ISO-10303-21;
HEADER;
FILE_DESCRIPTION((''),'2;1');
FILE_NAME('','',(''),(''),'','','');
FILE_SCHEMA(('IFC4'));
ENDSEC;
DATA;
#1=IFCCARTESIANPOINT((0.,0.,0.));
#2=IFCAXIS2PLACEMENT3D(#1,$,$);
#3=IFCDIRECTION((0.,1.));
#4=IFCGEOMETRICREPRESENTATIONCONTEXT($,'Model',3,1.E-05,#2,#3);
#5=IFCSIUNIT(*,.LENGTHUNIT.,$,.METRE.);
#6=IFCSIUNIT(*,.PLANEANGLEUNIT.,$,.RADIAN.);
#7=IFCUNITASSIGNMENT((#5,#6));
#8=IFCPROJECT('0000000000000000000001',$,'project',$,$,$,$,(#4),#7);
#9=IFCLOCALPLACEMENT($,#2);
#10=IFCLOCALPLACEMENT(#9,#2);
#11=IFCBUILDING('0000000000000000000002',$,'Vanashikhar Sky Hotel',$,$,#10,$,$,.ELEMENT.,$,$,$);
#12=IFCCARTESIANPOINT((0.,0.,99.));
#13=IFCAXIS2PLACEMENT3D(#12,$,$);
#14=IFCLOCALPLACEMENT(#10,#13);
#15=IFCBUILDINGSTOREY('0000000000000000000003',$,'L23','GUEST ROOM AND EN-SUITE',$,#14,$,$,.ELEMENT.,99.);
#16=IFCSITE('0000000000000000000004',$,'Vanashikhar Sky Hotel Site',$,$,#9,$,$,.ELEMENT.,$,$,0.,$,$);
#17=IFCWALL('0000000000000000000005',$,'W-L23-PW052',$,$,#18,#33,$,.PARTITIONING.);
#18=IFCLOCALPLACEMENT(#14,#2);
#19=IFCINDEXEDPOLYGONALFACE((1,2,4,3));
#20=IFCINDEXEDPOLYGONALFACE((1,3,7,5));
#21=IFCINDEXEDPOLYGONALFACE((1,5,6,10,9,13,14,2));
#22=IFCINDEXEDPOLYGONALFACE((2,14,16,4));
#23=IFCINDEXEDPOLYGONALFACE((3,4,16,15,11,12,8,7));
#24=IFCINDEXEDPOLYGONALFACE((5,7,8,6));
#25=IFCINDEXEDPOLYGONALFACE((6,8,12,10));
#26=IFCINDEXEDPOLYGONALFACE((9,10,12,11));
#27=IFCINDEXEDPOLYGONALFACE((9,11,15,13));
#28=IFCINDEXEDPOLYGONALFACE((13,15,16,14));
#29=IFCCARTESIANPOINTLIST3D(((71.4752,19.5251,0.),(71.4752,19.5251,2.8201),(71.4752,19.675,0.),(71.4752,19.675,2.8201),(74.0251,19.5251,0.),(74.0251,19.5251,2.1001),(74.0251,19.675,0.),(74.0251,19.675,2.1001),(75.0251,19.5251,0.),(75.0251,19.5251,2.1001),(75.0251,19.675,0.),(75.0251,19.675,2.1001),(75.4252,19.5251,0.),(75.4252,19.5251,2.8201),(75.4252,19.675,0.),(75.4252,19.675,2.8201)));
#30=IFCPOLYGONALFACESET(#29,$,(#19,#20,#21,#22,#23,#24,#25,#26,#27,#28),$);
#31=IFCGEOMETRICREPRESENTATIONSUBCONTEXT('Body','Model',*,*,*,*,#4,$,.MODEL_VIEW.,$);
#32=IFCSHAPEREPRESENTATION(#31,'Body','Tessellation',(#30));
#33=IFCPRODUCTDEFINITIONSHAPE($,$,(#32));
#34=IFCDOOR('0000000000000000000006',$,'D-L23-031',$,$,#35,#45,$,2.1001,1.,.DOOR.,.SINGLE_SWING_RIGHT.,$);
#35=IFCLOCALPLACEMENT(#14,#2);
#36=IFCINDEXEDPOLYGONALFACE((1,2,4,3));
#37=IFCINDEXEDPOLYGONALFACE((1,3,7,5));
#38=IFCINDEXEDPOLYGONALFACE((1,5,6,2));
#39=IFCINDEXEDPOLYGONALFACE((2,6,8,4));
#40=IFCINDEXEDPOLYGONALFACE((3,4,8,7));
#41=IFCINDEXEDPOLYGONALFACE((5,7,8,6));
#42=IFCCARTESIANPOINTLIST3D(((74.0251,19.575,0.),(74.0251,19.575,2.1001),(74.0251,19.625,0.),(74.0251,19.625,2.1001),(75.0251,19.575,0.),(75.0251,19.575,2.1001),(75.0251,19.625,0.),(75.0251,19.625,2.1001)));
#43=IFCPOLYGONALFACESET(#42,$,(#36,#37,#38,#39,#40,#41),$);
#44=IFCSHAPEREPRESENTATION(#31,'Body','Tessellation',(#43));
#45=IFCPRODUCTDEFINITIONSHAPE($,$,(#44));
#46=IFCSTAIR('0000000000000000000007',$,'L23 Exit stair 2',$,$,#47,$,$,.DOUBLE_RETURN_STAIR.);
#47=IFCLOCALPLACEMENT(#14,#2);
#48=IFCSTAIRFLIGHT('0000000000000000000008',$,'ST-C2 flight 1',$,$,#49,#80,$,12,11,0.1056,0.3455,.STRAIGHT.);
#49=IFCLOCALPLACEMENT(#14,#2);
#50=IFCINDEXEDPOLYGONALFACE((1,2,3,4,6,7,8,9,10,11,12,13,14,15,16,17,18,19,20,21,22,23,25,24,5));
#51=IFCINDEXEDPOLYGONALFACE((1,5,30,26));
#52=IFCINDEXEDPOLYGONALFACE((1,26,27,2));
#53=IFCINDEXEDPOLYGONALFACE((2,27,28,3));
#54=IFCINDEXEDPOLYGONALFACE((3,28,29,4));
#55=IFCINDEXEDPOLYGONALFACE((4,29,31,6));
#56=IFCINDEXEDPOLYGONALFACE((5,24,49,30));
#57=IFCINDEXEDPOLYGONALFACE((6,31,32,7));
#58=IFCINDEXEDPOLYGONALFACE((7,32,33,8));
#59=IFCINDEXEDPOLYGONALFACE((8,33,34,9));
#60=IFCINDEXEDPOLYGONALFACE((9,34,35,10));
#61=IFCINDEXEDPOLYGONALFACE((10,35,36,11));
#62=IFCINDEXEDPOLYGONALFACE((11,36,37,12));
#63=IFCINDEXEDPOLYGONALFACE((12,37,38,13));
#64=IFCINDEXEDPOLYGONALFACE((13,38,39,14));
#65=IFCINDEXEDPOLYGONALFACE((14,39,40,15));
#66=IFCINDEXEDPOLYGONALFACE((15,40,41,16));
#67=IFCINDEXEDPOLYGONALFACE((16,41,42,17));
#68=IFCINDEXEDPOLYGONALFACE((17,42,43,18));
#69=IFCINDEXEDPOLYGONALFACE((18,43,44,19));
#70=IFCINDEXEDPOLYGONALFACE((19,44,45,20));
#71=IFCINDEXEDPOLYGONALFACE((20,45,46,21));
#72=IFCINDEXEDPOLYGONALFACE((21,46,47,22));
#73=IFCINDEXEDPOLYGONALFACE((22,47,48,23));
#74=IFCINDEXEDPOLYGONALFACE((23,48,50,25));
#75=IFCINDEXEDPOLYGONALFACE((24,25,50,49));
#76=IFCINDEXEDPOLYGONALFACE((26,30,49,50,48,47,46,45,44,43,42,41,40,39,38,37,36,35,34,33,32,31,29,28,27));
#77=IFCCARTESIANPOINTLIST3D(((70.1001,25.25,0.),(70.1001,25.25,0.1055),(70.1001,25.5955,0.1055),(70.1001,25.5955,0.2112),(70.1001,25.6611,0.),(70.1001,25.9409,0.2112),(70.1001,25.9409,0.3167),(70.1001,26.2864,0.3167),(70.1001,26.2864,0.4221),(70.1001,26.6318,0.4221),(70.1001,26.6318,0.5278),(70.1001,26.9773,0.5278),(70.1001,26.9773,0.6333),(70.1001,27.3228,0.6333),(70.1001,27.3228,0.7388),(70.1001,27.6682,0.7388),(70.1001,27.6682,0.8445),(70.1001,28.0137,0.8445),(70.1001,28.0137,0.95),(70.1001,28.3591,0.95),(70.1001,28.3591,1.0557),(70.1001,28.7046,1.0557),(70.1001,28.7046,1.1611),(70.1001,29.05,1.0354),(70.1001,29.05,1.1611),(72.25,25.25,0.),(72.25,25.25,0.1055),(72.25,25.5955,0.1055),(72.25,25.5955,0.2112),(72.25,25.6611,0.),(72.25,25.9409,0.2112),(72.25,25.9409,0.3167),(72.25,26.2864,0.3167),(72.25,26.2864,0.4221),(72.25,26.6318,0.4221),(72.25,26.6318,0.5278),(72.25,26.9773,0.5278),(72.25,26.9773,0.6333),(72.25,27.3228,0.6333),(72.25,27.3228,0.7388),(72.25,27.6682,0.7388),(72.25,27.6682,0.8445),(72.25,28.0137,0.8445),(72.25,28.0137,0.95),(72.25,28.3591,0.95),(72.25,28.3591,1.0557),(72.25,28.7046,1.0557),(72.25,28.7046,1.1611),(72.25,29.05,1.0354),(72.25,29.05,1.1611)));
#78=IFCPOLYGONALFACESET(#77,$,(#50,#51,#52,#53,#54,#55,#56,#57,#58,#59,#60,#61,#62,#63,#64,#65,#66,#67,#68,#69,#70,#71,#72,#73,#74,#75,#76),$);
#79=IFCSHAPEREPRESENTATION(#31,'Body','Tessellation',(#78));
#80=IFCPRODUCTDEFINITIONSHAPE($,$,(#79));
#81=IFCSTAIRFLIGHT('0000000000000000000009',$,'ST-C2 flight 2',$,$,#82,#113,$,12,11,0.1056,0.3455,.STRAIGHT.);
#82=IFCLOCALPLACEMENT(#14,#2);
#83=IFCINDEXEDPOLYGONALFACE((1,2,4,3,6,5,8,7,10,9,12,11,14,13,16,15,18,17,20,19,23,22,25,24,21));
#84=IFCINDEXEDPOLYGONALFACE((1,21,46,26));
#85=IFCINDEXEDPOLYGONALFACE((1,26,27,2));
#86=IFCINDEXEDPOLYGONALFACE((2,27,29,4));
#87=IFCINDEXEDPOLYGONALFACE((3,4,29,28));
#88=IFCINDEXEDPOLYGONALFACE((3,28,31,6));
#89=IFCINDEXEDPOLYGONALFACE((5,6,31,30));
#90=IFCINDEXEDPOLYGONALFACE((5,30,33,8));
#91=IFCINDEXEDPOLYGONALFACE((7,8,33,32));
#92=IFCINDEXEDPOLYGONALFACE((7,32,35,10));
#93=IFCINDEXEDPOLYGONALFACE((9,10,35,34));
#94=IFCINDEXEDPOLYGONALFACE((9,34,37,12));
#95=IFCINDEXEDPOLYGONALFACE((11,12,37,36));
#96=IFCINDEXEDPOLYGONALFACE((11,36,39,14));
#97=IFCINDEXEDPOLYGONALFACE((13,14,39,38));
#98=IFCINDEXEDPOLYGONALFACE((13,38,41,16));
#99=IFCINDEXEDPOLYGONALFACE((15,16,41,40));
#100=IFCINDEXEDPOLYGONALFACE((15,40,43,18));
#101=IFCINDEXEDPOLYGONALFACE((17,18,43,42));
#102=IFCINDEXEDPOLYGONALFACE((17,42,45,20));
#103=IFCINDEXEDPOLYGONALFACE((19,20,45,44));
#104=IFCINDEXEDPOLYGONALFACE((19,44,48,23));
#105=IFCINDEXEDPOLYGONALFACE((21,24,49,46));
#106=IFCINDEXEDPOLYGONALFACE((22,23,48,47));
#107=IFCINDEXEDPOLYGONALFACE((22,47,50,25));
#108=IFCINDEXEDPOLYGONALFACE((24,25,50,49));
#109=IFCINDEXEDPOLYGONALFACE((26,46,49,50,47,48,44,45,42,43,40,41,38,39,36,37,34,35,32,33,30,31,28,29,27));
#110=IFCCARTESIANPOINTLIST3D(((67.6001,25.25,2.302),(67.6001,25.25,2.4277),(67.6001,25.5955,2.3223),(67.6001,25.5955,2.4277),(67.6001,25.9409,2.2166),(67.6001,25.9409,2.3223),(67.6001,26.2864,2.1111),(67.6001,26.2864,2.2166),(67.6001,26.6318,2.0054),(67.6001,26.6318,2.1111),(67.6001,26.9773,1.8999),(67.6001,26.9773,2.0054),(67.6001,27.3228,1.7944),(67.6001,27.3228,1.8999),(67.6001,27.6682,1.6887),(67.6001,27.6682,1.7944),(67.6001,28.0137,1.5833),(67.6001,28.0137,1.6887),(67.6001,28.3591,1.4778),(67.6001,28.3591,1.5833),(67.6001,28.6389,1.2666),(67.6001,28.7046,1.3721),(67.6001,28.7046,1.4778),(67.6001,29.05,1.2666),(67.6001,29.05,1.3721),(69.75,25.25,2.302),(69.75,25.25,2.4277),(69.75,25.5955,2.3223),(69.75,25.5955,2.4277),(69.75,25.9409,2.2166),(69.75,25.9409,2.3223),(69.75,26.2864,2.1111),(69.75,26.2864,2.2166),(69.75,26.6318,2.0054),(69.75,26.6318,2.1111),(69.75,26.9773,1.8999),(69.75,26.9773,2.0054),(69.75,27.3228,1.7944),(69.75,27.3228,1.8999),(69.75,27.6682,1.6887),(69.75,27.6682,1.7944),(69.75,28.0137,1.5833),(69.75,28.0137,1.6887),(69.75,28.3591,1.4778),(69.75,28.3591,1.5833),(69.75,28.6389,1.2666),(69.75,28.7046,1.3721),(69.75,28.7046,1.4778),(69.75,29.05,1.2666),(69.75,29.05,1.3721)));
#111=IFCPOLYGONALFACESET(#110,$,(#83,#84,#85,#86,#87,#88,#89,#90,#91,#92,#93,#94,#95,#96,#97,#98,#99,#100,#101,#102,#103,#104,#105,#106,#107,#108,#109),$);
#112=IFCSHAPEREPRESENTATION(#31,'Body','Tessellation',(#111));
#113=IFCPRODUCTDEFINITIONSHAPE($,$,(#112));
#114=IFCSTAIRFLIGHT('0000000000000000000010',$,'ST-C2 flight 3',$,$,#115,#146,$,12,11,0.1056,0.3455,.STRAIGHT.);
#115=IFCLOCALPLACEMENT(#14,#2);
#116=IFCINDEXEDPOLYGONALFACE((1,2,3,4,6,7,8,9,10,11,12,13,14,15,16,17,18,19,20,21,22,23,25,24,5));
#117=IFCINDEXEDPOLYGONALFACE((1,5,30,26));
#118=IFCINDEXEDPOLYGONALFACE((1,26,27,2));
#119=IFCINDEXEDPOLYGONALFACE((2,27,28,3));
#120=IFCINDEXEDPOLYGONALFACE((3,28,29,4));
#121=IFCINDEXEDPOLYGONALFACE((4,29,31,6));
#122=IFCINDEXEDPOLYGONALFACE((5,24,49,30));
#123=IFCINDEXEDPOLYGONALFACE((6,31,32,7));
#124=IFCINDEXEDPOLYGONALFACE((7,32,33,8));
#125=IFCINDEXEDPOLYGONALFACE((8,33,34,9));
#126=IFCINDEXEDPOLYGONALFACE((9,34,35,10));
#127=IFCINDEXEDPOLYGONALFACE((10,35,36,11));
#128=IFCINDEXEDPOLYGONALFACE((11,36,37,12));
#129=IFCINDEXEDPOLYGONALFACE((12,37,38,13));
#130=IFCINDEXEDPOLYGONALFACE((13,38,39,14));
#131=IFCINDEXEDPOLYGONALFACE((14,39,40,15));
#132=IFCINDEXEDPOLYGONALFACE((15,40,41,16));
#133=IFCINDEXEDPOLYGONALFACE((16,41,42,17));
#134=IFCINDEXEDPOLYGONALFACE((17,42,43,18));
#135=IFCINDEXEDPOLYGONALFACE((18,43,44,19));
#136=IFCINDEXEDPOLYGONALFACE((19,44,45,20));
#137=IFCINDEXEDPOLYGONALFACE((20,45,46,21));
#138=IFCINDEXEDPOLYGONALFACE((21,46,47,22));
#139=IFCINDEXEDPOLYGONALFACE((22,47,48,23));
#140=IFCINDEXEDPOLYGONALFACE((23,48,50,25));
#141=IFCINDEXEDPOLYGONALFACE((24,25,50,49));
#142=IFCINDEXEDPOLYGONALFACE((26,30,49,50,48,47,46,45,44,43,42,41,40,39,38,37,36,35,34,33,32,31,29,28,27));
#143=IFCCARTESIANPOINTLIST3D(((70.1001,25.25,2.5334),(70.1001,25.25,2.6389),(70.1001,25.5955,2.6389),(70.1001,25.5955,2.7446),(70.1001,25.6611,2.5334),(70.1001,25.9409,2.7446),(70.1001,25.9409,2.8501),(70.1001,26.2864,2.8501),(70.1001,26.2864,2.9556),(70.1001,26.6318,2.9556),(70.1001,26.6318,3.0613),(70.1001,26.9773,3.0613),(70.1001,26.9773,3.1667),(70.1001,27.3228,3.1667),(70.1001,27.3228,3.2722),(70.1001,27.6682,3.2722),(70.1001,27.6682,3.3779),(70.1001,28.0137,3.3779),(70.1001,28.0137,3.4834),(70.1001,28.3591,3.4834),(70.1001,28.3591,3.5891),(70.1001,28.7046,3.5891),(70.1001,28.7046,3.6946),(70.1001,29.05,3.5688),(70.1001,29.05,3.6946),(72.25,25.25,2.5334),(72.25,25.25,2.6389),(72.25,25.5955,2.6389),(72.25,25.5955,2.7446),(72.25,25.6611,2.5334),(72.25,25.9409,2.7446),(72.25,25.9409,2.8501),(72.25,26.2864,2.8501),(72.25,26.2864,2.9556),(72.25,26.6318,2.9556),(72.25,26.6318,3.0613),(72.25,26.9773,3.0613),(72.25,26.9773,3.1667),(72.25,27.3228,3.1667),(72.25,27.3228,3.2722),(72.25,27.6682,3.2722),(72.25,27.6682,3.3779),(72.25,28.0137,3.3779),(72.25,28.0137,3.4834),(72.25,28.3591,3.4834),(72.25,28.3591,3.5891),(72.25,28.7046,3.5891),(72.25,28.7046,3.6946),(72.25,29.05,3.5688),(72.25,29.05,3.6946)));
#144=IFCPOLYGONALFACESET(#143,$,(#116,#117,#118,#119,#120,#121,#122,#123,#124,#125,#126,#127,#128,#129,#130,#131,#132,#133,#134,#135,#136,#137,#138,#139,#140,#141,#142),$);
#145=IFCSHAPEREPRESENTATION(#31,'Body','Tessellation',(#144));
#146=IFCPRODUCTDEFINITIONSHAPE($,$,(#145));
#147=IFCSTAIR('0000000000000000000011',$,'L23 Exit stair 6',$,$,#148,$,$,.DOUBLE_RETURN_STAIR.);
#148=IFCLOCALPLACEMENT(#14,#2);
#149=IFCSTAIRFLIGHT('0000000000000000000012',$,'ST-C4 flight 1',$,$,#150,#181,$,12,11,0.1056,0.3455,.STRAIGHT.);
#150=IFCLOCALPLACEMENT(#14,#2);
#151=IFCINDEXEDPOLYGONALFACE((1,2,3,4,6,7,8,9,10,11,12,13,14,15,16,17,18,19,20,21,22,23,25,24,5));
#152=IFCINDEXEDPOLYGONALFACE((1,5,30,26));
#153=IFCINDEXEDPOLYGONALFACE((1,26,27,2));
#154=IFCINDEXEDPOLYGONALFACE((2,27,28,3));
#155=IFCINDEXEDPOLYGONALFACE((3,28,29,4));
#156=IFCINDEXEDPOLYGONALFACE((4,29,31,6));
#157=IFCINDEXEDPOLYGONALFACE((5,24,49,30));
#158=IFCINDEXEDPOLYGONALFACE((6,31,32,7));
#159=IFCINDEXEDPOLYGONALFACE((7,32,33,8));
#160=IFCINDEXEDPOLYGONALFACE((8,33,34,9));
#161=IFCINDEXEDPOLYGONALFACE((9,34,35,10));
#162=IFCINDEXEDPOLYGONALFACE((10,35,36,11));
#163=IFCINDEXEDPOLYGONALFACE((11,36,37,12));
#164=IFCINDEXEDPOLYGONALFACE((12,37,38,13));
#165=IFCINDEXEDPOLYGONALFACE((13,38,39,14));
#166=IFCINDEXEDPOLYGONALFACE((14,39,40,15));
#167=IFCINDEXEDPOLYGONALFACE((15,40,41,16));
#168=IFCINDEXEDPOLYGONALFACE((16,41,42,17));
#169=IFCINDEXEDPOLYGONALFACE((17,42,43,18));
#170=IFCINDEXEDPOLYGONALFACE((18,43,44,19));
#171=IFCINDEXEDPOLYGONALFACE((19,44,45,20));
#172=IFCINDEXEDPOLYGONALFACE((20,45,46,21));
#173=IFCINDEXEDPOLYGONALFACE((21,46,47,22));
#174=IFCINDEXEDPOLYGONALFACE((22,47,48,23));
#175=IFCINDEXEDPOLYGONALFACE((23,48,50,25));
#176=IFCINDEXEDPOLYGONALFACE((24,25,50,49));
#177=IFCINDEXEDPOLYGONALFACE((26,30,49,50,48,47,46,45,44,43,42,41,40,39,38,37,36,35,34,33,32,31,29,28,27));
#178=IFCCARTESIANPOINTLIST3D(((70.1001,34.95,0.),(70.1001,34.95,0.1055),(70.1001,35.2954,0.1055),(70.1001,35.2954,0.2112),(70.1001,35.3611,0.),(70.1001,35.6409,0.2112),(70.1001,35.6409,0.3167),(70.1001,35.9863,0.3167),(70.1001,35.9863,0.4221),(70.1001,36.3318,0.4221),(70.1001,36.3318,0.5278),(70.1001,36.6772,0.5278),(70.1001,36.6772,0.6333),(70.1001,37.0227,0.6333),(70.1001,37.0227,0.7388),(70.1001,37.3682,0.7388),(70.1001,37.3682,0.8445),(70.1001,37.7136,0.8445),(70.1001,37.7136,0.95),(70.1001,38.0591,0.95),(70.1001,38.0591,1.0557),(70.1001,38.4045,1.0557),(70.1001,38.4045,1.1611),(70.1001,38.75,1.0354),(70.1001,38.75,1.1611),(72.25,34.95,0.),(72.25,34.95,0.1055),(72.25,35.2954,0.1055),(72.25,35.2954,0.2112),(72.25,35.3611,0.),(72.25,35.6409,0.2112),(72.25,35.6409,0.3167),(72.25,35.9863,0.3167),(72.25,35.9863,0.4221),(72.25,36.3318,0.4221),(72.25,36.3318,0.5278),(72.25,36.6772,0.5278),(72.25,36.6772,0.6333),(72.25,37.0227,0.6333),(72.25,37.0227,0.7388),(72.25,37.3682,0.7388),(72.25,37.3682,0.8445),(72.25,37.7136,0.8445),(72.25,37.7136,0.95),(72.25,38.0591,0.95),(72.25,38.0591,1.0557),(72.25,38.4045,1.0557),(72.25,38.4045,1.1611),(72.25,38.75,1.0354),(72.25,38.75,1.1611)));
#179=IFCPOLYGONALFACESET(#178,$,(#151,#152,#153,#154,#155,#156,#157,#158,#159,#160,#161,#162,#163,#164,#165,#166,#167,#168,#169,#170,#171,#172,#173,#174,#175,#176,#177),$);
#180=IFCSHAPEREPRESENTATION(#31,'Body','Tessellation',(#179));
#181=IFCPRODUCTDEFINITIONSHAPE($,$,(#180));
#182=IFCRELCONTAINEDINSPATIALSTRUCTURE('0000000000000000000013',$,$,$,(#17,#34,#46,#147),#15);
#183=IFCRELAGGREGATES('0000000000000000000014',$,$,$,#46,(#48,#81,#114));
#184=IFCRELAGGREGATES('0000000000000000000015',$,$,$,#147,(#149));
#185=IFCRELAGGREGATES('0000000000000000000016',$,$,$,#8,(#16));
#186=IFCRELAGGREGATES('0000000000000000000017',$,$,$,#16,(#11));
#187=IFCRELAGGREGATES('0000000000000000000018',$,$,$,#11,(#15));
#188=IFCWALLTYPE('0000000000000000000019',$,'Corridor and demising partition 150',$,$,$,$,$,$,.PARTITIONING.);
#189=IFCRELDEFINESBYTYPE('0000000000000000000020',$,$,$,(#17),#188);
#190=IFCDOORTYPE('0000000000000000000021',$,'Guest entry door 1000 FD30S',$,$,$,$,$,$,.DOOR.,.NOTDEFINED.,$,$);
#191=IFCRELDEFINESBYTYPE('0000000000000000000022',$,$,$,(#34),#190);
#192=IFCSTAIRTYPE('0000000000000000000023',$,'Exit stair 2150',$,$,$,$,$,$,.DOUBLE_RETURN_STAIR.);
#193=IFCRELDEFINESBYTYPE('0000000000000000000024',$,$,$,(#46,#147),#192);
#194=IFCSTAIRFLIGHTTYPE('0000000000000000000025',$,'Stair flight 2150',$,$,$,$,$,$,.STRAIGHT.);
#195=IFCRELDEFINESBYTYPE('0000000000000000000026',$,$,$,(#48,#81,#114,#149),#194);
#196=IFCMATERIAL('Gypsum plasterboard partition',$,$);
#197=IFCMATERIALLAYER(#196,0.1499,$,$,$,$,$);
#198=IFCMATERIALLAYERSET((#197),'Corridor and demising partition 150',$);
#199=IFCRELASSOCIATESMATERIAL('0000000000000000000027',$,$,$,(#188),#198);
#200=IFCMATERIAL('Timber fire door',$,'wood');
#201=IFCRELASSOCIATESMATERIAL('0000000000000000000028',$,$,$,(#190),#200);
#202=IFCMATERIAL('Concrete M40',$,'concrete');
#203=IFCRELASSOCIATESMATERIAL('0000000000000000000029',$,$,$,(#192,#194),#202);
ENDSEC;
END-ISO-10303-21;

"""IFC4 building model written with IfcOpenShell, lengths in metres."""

from ifc_helpers import new_model, si_unit, direction, frame, frame_2d, origin, place, context, subcontext, project, spatial, polyline, rectangle, outline, extrude, source, transform, mapped, material, layer, layer_set, type_object, element, fill, aggregate, save


model = new_model("IFC4")

# Units and contexts
model_context = context("Model", 3, precision=1e-05, world=origin(), true_north=direction((0.0, 1.0)))
body_context = subcontext(model_context, "Body", "Model", "MODEL_VIEW")
ifc_project = project(units=[si_unit("LENGTHUNIT", "METRE"), si_unit("PLANEANGLEUNIT", "RADIAN")], contexts=[model_context])

# Site, building, storey
site_placement = place(None, origin())
site = spatial("IfcSite", under=ifc_project, at=site_placement, Name="Vanashikhar Sky Hotel Site", CompositionType="ELEMENT", RefElevation=0.0)
building_placement = place(site_placement, origin())
building = spatial("IfcBuilding", under=site, at=building_placement, Name="Vanashikhar Sky Hotel", CompositionType="ELEMENT")
storey_placement = place(building_placement, frame((0.0, 0.0, 99.0)))
storey = spatial("IfcBuildingStorey", under=building, at=storey_placement, Name="L23", Description="GUEST ROOM AND EN-SUITE", CompositionType="ELEMENT", Elevation=99.0)

# Shared definitions
ifc_material_1 = material(Name="Concrete M40", Category="concrete")

# Shared definitions
ifc_material_2 = material(Name="Gypsum plasterboard partition")

# Wall, opening, door
ifc_layer_1 = layer(ifc_material_2, 0.1499)
ifc_layer_set_1 = layer_set([ifc_layer_1], Name="Corridor and demising partition 150")
wall_type_1 = type_object("IfcWallType", Name="Corridor and demising partition 150", PredefinedType="PARTITIONING", material=ifc_layer_set_1)
shared_shape_1 = source(origin(), body_context, "Body", "SweptSolid", [
    extrude(rectangle(XDim=3.95, YDim=0.1499, at=frame_2d((1.9751, 0.0))), origin(), (0.0, 0.0, 1.0), 2.8201),
])
wall_1_placement = place(storey_placement, frame((71.4751, 19.6001, 0.0), z_axis=(0.0, 0.0, 1.0), x_axis=(1.0, 0.0, 0.0)))
wall_1 = element("IfcWall", 1, at=wall_1_placement, inside=storey, type_object=wall_type_1, Name="W-L23-PW052", PredefinedType="PARTITIONING", context=body_context, shape_type="MappedRepresentation", body=[
    mapped(shared_shape_1, transform((0.0, 0.0, 0.0), scale=1.0)),
])
shared_shape_2 = source(origin(), body_context, "Body", "SweptSolid", [
    extrude(rectangle(XDim=1.0, YDim=2.1001, at=frame_2d((0.5, 1.05))), frame((0.0, 0.085, 0.0), z_axis=(0.0, -1.0, 0.0), x_axis=(1.0, 0.0, 0.0)), (0.0, 0.0, 1.0), 0.1699),
])
opening_1_placement = place(wall_1_placement, frame((2.55, 0.0, 0.0)))
opening_1 = element("IfcOpeningElement", 2, at=opening_1_placement, cuts=wall_1, PredefinedType="OPENING", context=body_context, shape_type="MappedRepresentation", body=[
    mapped(shared_shape_2, transform((0.0, 0.0, 0.0), scale=1.0)),
])
ifc_material_3 = material(Name="Timber fire door", Category="wood")
door_type_1 = type_object("IfcDoorType", Name="Guest entry door 1000 FD30S", OperationType="NOTDEFINED", PredefinedType="DOOR", material=ifc_material_3)
shared_shape_3 = source(origin(), body_context, "Body", "SweptSolid", [
    extrude(rectangle(XDim=1.0, YDim=2.1001, at=frame_2d((0.5, 1.05))), frame((0.0, 0.0249, 0.0), z_axis=(0.0, -1.0, 0.0), x_axis=(1.0, 0.0, 0.0)), (0.0, 0.0, 1.0), 0.05),
])
door_1_placement = place(opening_1_placement, origin())
door_1 = element("IfcDoor", 3, at=door_1_placement, inside=storey, type_object=door_type_1, Name="D-L23-031", OperationType="SINGLE_SWING_RIGHT", OverallHeight=2.1001, OverallWidth=1.0, PredefinedType="DOOR", context=body_context, shape_type="MappedRepresentation", body=[
    mapped(shared_shape_3, transform((0.0, 0.0, 0.0), scale=1.0)),
])
fill(opening_1, door_1)

# Stairs, stair flights
stair_type = type_object("IfcStairType", Name="Exit stair 2150", PredefinedType="DOUBLE_RETURN_STAIR", material=ifc_material_1)
stair_1_placement = place(storey_placement, origin())
stair_1 = element("IfcStair", 4, at=stair_1_placement, inside=storey, type_object=stair_type, Name="L23 Exit stair 2", PredefinedType="DOUBLE_RETURN_STAIR")
stair_flight_type = type_object("IfcStairFlightType", Name="Stair flight 2150", PredefinedType="STRAIGHT", material=ifc_material_1)
shared_shape_4 = source(origin(), body_context, "Body", "SweptSolid", [
    extrude(outline(polyline([(0.0, 0.0), (0.0, 0.1055), (0.3455, 0.1055), (0.3455, 0.2112), (0.6909, 0.2112), (0.6909, 0.3167), (1.0364, 0.3167), (1.0364, 0.4221), (1.3818, 0.4221), (1.3818, 0.5278), (1.7273, 0.5278), (1.7273, 0.6333), (2.0728, 0.6333), (2.0728, 0.7388), (2.4182, 0.7388), (2.4182, 0.8445), (2.7637, 0.8445), (2.7637, 0.95), (3.1091, 0.95), (3.1091, 1.0557), (3.4546, 1.0557), (3.4546, 1.1611), (3.8, 1.1611), (3.8, 1.2666), (3.8, 1.0354), (0.4111, 0.0), (0.0, 0.0)])), frame((0.0, 1.075, 0.0), z_axis=(0.0, -1.0, 0.0), x_axis=(1.0, 0.0, 0.0)), (0.0, 0.0, 1.0), 2.1499),
])
stair_flight_1_placement = place(storey_placement, frame((71.175, 25.25, 0.0), z_axis=(0.0, 0.0, 1.0), x_axis=(0.0, 1.0, 0.0)))
stair_flight_1 = element("IfcStairFlight", 5, at=stair_flight_1_placement, type_object=stair_flight_type, Name="ST-C2 flight 1", NumberOfRisers=12, NumberOfTreads=11, PredefinedType="STRAIGHT", RiserHeight=0.1056, TreadLength=0.3455, context=body_context, shape_type="MappedRepresentation", body=[
    mapped(shared_shape_4, transform((0.0, 0.0, 0.0), scale=1.0)),
])
stair_flight_2_placement = place(storey_placement, frame((68.675, 29.05, 1.2666), z_axis=(0.0, 0.0, 1.0), x_axis=(0.0, -1.0, 0.0)))
stair_flight_2 = element("IfcStairFlight", 6, at=stair_flight_2_placement, type_object=stair_flight_type, Name="ST-C2 flight 2", NumberOfRisers=12, NumberOfTreads=11, PredefinedType="STRAIGHT", RiserHeight=0.1056, TreadLength=0.3455, context=body_context, shape_type="MappedRepresentation", body=[
    mapped(shared_shape_4, transform((0.0, 0.0, 0.0), scale=1.0)),
])
stair_flight_3_placement = place(storey_placement, frame((71.175, 25.25, 2.5334), z_axis=(0.0, 0.0, 1.0), x_axis=(0.0, 1.0, 0.0)))
stair_flight_3 = element("IfcStairFlight", 7, at=stair_flight_3_placement, type_object=stair_flight_type, Name="ST-C2 flight 3", NumberOfRisers=12, NumberOfTreads=11, PredefinedType="STRAIGHT", RiserHeight=0.1056, TreadLength=0.3455, context=body_context, shape_type="MappedRepresentation", body=[
    mapped(shared_shape_4, transform((0.0, 0.0, 0.0), scale=1.0)),
])
aggregate(stair_1, [stair_flight_1, stair_flight_2, stair_flight_3])
stair_2_placement = place(storey_placement, origin())
stair_2 = element("IfcStair", 8, at=stair_2_placement, inside=storey, type_object=stair_type, Name="L23 Exit stair 6", PredefinedType="DOUBLE_RETURN_STAIR")
stair_flight_4_placement = place(storey_placement, frame((71.175, 34.95, 0.0), z_axis=(0.0, 0.0, 1.0), x_axis=(0.0, 1.0, 0.0)))
stair_flight_4 = element("IfcStairFlight", 9, at=stair_flight_4_placement, type_object=stair_flight_type, Name="ST-C4 flight 1", NumberOfRisers=12, NumberOfTreads=11, PredefinedType="STRAIGHT", RiserHeight=0.1056, TreadLength=0.3455, context=body_context, shape_type="MappedRepresentation", body=[
    mapped(shared_shape_4, transform((0.0, 0.0, 0.0), scale=1.0)),
])
aggregate(stair_2, [stair_flight_4])

save(model, "model.ifc")
